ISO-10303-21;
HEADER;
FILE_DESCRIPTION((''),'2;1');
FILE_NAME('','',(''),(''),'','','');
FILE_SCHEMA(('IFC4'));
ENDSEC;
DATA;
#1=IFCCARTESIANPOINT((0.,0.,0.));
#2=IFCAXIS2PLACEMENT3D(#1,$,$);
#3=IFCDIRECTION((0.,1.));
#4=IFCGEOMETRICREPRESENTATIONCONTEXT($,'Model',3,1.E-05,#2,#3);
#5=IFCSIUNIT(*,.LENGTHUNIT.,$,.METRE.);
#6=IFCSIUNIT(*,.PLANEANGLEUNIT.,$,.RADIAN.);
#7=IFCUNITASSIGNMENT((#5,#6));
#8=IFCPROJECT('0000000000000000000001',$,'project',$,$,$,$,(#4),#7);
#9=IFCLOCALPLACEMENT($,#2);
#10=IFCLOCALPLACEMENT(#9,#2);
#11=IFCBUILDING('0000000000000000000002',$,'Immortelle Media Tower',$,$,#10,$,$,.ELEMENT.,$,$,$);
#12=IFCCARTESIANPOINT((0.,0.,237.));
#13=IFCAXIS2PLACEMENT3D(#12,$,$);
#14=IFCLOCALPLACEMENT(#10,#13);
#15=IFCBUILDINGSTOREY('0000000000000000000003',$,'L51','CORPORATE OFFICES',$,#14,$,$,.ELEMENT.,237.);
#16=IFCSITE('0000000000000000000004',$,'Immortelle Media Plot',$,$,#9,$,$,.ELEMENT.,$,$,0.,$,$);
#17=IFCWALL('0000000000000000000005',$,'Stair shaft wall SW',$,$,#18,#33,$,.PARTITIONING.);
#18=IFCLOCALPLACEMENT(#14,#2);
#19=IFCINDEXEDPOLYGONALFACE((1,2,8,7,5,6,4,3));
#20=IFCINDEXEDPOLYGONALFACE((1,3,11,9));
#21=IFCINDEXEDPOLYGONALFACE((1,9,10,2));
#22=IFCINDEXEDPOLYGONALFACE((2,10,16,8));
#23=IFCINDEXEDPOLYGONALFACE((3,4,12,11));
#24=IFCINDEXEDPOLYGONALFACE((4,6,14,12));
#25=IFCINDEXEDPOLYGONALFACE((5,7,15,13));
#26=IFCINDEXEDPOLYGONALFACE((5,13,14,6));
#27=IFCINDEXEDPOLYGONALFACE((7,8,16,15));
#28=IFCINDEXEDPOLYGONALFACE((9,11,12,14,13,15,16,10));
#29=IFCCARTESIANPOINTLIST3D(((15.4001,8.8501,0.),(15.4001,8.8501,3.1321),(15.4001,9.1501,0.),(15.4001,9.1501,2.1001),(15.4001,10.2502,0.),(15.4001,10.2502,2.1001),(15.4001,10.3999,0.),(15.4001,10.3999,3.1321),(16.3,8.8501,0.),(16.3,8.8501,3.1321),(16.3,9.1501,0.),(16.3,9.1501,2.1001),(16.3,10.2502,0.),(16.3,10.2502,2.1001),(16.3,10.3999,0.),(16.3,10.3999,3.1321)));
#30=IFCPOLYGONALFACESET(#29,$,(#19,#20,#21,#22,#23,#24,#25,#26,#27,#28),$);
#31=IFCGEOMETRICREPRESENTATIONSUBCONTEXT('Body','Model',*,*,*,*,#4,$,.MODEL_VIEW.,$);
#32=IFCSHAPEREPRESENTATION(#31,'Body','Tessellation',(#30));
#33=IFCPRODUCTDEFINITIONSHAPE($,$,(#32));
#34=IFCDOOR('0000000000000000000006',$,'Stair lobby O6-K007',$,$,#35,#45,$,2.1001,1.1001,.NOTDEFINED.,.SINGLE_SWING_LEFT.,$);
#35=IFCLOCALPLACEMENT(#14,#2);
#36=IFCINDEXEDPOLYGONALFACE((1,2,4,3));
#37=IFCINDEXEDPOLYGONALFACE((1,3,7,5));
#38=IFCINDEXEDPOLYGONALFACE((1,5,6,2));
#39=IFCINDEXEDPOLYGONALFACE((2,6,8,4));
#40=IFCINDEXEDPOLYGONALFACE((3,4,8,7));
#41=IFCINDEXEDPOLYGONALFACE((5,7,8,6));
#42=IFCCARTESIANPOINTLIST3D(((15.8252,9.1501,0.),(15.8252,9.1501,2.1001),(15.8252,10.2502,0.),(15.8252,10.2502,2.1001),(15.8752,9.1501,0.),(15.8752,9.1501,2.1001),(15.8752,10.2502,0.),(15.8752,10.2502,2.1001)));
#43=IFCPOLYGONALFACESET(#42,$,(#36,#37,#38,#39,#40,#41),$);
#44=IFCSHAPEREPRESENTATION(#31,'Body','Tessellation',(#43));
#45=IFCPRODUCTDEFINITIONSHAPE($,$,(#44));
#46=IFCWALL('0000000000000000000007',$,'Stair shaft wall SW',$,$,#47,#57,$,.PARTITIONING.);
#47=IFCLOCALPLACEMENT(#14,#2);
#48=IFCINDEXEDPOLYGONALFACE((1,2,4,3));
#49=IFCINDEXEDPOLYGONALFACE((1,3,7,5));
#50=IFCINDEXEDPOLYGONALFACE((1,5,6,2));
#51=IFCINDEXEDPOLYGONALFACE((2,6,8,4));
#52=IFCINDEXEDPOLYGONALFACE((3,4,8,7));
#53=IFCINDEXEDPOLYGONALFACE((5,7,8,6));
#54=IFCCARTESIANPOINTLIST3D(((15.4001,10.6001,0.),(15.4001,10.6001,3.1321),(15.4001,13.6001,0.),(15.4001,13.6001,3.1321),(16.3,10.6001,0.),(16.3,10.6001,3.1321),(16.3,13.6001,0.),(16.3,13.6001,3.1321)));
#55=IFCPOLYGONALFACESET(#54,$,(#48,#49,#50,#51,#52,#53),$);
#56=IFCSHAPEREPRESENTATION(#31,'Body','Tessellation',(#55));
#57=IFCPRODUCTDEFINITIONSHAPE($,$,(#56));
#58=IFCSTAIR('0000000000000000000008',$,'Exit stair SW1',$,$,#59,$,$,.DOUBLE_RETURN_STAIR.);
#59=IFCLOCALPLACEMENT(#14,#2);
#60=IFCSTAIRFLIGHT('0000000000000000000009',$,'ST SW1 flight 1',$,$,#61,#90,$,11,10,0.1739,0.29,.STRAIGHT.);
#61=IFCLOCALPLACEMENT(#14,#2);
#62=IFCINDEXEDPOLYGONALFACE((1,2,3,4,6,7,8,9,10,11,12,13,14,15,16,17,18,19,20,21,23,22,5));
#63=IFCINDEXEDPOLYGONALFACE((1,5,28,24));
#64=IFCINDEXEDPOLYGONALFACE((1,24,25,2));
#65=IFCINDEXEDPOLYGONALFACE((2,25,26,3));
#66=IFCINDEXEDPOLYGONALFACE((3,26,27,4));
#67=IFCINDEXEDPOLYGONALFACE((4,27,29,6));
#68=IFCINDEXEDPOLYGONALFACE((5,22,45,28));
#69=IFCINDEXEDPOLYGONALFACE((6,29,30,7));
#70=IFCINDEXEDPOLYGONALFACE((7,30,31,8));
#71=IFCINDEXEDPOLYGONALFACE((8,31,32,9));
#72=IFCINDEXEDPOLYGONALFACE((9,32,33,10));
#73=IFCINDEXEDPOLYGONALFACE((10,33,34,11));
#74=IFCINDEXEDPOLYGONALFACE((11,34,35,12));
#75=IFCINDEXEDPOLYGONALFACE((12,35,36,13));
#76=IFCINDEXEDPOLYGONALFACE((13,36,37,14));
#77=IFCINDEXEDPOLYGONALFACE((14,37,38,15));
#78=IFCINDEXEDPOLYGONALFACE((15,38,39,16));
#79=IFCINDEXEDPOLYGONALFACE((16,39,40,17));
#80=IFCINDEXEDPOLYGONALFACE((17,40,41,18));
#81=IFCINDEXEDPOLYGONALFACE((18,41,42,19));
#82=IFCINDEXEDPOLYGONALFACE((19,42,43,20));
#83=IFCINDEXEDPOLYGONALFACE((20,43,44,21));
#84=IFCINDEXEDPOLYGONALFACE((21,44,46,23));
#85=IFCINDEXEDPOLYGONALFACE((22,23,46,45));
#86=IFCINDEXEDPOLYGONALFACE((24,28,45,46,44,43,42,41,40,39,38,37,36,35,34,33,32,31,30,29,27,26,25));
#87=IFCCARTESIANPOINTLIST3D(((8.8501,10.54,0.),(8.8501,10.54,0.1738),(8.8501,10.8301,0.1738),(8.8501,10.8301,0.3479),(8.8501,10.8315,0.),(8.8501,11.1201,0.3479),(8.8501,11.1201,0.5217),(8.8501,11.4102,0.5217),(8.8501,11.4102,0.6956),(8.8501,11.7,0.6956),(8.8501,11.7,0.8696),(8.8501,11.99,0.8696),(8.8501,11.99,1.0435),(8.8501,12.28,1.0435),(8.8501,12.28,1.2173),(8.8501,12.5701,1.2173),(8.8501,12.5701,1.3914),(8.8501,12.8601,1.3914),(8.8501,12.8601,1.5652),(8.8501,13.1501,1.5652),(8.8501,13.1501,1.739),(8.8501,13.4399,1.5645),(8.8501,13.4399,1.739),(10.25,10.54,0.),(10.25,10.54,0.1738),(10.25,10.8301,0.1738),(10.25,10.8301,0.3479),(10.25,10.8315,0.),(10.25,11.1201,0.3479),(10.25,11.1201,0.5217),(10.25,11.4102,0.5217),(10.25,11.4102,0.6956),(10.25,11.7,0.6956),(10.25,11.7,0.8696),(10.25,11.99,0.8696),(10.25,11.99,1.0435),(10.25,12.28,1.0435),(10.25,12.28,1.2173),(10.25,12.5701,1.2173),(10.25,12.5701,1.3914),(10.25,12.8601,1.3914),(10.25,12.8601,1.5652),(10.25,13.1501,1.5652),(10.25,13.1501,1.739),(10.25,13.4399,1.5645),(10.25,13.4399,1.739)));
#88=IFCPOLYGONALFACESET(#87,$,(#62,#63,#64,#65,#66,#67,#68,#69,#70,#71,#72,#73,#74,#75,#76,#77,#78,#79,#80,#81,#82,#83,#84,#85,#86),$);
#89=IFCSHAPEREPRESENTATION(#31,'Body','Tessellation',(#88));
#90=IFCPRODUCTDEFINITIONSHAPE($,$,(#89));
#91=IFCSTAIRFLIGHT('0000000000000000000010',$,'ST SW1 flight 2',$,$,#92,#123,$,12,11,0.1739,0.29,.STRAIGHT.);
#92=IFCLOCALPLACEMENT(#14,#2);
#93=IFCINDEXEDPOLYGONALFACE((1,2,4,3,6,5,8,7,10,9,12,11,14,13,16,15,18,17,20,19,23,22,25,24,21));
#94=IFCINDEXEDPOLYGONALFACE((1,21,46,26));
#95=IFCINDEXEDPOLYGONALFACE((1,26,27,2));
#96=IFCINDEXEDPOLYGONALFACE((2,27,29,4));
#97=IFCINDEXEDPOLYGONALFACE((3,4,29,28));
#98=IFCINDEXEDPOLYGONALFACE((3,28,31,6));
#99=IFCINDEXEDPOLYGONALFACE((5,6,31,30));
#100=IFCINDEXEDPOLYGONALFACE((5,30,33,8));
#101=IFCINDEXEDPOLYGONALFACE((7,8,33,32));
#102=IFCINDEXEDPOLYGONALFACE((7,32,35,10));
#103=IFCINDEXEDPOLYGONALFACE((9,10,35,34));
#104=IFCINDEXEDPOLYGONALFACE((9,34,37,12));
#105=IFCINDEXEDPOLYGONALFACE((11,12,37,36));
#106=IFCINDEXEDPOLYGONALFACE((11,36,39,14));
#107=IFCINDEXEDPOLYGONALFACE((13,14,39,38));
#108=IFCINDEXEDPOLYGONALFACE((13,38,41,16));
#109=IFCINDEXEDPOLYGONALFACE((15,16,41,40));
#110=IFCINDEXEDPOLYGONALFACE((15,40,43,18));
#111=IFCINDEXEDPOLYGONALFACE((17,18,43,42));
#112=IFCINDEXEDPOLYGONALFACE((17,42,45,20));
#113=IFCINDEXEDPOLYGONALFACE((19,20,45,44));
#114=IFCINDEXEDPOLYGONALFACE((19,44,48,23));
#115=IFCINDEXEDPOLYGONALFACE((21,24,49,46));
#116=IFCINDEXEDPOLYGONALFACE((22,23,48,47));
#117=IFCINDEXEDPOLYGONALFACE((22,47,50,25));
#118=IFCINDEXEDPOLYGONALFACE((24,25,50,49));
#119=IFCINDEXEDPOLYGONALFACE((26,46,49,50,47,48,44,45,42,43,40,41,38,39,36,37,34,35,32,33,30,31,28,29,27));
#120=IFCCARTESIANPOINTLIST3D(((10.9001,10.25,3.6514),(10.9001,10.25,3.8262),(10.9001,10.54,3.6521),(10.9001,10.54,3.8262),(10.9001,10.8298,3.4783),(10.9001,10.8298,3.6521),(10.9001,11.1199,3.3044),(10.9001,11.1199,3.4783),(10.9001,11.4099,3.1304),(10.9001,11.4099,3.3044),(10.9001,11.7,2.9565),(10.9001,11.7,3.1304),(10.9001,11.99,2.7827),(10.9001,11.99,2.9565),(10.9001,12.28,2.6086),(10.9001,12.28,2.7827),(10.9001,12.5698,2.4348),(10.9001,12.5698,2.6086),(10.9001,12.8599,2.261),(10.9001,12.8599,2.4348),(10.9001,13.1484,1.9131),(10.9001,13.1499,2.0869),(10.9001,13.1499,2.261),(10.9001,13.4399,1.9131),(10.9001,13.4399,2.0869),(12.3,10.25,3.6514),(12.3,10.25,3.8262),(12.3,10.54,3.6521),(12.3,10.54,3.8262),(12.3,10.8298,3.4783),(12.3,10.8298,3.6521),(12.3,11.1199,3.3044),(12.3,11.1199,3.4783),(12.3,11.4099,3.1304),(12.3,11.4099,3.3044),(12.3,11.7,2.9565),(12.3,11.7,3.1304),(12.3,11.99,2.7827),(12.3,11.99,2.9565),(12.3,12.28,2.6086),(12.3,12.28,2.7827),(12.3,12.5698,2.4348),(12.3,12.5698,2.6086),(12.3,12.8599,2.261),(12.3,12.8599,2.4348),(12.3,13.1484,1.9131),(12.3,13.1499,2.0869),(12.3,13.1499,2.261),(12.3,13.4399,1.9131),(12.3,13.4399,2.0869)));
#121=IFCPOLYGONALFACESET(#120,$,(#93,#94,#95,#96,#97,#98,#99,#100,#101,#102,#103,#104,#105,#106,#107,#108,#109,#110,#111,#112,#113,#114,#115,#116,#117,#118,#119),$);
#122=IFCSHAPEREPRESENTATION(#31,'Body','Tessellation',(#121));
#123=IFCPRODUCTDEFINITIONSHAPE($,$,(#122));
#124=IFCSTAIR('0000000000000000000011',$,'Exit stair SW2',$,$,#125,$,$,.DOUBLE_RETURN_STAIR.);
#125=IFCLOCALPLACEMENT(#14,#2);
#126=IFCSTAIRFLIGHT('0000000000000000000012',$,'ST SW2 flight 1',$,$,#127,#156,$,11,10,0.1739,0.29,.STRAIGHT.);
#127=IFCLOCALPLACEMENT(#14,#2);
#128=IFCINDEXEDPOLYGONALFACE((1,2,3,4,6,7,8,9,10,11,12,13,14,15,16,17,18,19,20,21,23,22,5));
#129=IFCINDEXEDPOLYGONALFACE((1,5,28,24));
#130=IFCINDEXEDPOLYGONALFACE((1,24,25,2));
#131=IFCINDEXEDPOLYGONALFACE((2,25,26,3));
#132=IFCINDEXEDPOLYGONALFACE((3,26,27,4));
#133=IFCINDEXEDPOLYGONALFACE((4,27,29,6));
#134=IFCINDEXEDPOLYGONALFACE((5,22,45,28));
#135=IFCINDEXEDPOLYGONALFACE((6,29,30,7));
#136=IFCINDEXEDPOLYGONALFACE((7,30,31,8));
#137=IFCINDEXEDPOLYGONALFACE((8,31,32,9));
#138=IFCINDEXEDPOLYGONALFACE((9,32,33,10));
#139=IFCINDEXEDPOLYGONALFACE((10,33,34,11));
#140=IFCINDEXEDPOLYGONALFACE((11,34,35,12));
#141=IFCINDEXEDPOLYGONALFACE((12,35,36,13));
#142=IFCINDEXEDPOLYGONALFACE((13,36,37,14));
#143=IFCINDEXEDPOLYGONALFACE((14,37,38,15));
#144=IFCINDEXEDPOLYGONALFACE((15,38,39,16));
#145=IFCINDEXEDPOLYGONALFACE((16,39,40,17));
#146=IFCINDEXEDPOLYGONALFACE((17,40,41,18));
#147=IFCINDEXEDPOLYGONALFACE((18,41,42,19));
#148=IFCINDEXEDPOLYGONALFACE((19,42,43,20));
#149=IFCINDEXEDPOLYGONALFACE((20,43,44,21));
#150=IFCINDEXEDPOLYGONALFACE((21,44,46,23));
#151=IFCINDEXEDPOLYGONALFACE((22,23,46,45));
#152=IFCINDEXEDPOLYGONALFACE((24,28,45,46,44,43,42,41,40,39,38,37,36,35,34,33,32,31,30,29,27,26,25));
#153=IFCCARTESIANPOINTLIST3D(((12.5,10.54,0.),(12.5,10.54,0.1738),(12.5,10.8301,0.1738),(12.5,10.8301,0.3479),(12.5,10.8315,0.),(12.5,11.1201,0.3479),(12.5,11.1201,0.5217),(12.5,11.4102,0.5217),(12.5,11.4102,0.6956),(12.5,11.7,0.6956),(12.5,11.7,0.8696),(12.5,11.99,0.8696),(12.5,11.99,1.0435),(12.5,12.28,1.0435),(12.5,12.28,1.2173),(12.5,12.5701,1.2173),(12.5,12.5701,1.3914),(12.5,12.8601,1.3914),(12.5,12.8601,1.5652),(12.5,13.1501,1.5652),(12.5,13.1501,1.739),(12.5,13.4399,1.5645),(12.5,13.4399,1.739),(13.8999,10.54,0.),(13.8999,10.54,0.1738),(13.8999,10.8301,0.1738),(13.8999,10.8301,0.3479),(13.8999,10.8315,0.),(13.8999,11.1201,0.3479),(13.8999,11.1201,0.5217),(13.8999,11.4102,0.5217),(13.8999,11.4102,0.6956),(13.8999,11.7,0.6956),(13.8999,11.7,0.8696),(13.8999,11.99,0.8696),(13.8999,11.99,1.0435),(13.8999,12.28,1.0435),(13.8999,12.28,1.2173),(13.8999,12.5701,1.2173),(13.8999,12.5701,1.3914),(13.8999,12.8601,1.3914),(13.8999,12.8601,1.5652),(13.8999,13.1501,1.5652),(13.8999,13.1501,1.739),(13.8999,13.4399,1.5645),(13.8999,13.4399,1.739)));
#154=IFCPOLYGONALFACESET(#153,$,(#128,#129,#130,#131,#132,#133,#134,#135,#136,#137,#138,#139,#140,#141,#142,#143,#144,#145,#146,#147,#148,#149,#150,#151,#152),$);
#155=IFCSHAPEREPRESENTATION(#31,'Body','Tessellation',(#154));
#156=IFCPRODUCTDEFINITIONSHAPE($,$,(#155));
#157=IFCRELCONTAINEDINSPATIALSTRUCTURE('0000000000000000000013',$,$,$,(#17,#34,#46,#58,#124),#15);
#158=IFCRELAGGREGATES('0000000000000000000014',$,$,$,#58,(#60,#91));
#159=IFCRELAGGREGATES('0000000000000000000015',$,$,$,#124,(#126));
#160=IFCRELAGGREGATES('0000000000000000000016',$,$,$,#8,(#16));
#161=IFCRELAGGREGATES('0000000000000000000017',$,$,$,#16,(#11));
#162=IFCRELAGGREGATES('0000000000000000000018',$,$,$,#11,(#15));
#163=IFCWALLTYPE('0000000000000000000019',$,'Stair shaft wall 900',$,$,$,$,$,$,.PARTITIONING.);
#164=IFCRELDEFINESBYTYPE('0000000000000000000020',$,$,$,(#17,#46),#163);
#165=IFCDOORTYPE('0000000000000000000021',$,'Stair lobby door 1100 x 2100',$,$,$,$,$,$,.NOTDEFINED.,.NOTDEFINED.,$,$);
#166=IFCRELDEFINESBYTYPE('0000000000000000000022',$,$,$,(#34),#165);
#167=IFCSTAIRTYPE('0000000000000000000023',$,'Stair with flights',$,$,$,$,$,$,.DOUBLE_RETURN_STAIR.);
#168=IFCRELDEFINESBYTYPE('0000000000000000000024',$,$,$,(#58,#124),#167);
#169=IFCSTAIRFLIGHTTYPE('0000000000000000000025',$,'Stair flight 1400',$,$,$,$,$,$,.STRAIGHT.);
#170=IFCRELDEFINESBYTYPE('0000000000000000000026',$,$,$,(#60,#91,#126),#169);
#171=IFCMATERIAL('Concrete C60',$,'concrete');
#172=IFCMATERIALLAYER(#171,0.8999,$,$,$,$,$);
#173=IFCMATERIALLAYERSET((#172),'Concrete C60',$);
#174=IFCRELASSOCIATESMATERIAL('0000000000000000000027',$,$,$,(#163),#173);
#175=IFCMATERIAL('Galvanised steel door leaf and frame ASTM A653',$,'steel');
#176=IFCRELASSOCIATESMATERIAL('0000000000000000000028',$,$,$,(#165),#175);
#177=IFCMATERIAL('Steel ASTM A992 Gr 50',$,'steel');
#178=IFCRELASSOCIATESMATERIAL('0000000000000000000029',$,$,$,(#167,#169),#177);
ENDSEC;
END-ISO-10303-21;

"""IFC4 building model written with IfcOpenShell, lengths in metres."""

from ifc_helpers import new_model, si_unit, direction, frame, frame_2d, origin, place, context, subcontext, project, spatial, polyline, rectangle, outline, extrude, material, layer, layer_set, type_object, element, fill, aggregate, save


model = new_model("IFC4")

# Units and contexts
model_context = context("Model", 3, precision=1e-05, world=origin(), true_north=direction((0.0, 1.0)))
body_context = subcontext(model_context, "Body", "Model", "MODEL_VIEW")
ifc_project = project(units=[si_unit("LENGTHUNIT", "METRE"), si_unit("PLANEANGLEUNIT", "RADIAN")], contexts=[model_context])

# Site, building, storey
site_placement = place(None, origin())
site = spatial("IfcSite", under=ifc_project, at=site_placement, Name="Immortelle Media Plot", CompositionType="ELEMENT", RefElevation=0.0)
building_placement = place(site_placement, origin())
building = spatial("IfcBuilding", under=site, at=building_placement, Name="Immortelle Media Tower", CompositionType="ELEMENT")
storey_placement = place(building_placement, frame((0.0, 0.0, 237.0)))
storey = spatial("IfcBuildingStorey", under=building, at=storey_placement, Name="L51", Description="CORPORATE OFFICES", CompositionType="ELEMENT", Elevation=237.0)

# Shared definitions
ifc_material_1 = material(Name="Steel ASTM A992 Gr 50", Category="steel")

# Shared definitions
ifc_material_2 = material(Name="Concrete C60", Category="concrete")

# Shared definitions
ifc_material_3 = material(Name="Galvanised steel door leaf and frame ASTM A653", Category="steel")

# Wall, opening, door
ifc_layer_1 = layer(ifc_material_2, 0.8999)
ifc_layer_set_1 = layer_set([ifc_layer_1], Name="Concrete C60")
wall_type_1 = type_object("IfcWallType", Name="Stair shaft wall 900", PredefinedType="PARTITIONING", material=ifc_layer_set_1)
wall_1_placement = place(storey_placement, frame((15.8501, 8.8501, 0.0), z_axis=(0.0, 0.0, 1.0), x_axis=(0.0, 1.0, 0.0)))
wall_1 = element("IfcWall", 1, at=wall_1_placement, inside=storey, type_object=wall_type_1, Name="Stair shaft wall SW", PredefinedType="PARTITIONING", context=body_context, shape_type="SweptSolid", body=[
    extrude(rectangle(XDim=1.5498, YDim=0.8999, at=frame_2d((0.7749, 0.0))), origin(), (0.0, 0.0, 1.0), 3.1321),
])
opening_1_placement = place(wall_1_placement, frame((0.3, 0.0, 0.0)))
opening_1 = element("IfcOpeningElement", 2, at=opening_1_placement, cuts=wall_1, PredefinedType="OPENING", context=body_context, shape_type="SweptSolid", body=[
    extrude(rectangle(XDim=1.1001, YDim=2.1001, at=frame_2d((0.55, 1.05))), frame((0.0, 0.46, 0.0), z_axis=(0.0, -1.0, 0.0), x_axis=(1.0, 0.0, 0.0)), (0.0, 0.0, 1.0), 0.9199),
])
door_type_1 = type_object("IfcDoorType", Name="Stair lobby door 1100 x 2100", OperationType="NOTDEFINED", PredefinedType="NOTDEFINED", material=ifc_material_3)
door_1_placement = place(opening_1_placement, origin())
door_1 = element("IfcDoor", 3, at=door_1_placement, inside=storey, type_object=door_type_1, Name="Stair lobby O6-K007", OperationType="SINGLE_SWING_LEFT", OverallHeight=2.1001, OverallWidth=1.1001, PredefinedType="NOTDEFINED", context=body_context, shape_type="SweptSolid", body=[
    extrude(rectangle(XDim=1.1001, YDim=2.1001, at=frame_2d((0.55, 1.05))), frame((0.0, 0.0249, 0.0), z_axis=(0.0, -1.0, 0.0), x_axis=(1.0, 0.0, 0.0)), (0.0, 0.0, 1.0), 0.05),
])
fill(opening_1, door_1)

# Wall
wall_2_placement = place(storey_placement, frame((15.8501, 10.6001, 0.0), z_axis=(0.0, 0.0, 1.0), x_axis=(0.0, 1.0, 0.0)))
element("IfcWall", 4, at=wall_2_placement, inside=storey, type_object=wall_type_1, Name="Stair shaft wall SW", PredefinedType="PARTITIONING", context=body_context, shape_type="SweptSolid", body=[
    extrude(rectangle(XDim=3.0, YDim=0.8999, at=frame_2d((1.5, 0.0))), origin(), (0.0, 0.0, 1.0), 3.1321),
])

# Stairs, stair flights
stair_type = type_object("IfcStairType", Name="Stair with flights", PredefinedType="DOUBLE_RETURN_STAIR", material=ifc_material_1)
stair_1_placement = place(storey_placement, origin())
stair_1 = element("IfcStair", 5, at=stair_1_placement, inside=storey, type_object=stair_type, Name="Exit stair SW1", PredefinedType="DOUBLE_RETURN_STAIR")
stair_flight_type = type_object("IfcStairFlightType", Name="Stair flight 1400", PredefinedType="STRAIGHT", material=ifc_material_1)
stair_flight_1_placement = place(storey_placement, frame((9.55, 10.54, 0.0), z_axis=(0.0, 0.0, 1.0), x_axis=(0.0, 1.0, 0.0)))
stair_flight_1 = element("IfcStairFlight", 6, at=stair_flight_1_placement, type_object=stair_flight_type, Name="ST SW1 flight 1", NumberOfRisers=11, NumberOfTreads=10, PredefinedType="STRAIGHT", RiserHeight=0.1739, TreadLength=0.29, context=body_context, shape_type="SweptSolid", body=[
    extrude(outline(polyline([(0.0, 0.0), (0.0, 0.1738), (0.29, 0.1738), (0.29, 0.3479), (0.5801, 0.3479), (0.5801, 0.5217), (0.8701, 0.5217), (0.8701, 0.6956), (1.1599, 0.6956), (1.1599, 0.8696), (1.45, 0.8696), (1.45, 1.0435), (1.74, 1.0435), (1.74, 1.2173), (2.03, 1.2173), (2.03, 1.3914), (2.3201, 1.3914), (2.3201, 1.5652), (2.6101, 1.5652), (2.6101, 1.739), (2.8999, 1.739), (2.8999, 1.9131), (2.8999, 1.5645), (0.2915, 0.0), (0.0, 0.0)])), frame((0.0, 0.7, 0.0), z_axis=(0.0, -1.0, 0.0), x_axis=(1.0, 0.0, 0.0)), (0.0, 0.0, 1.0), 1.3999),
])
stair_flight_2_placement = place(storey_placement, frame((11.6001, 13.4399, 1.9131), z_axis=(0.0, 0.0, 1.0), x_axis=(0.0, -1.0, 0.0)))
stair_flight_2 = element("IfcStairFlight", 7, at=stair_flight_2_placement, type_object=stair_flight_type, Name="ST SW1 flight 2", NumberOfRisers=12, NumberOfTreads=11, PredefinedType="STRAIGHT", RiserHeight=0.1739, TreadLength=0.29, context=body_context, shape_type="SweptSolid", body=[
    extrude(outline(polyline([(0.0, 0.0), (0.0, 0.1738), (0.29, 0.1738), (0.29, 0.3479), (0.5801, 0.3479), (0.5801, 0.5217), (0.8701, 0.5217), (0.8701, 0.6956), (1.1599, 0.6956), (1.1599, 0.8696), (1.45, 0.8696), (1.45, 1.0435), (1.74, 1.0435), (1.74, 1.2173), (2.03, 1.2173), (2.03, 1.3914), (2.3201, 1.3914), (2.3201, 1.5652), (2.6101, 1.5652), (2.6101, 1.739), (2.8999, 1.739), (2.8999, 1.9131), (3.1899, 1.9131), (3.1899, 2.0869), (3.1899, 1.7383), (0.2915, 0.0), (0.0, 0.0)])), frame((0.0, 0.7, 0.0), z_axis=(0.0, -1.0, 0.0), x_axis=(1.0, 0.0, 0.0)), (0.0, 0.0, 1.0), 1.3999),
])
aggregate(stair_1, [stair_flight_1, stair_flight_2])
stair_2_placement = place(storey_placement, origin())
stair_2 = element("IfcStair", 8, at=stair_2_placement, inside=storey, type_object=stair_type, Name="Exit stair SW2", PredefinedType="DOUBLE_RETURN_STAIR")
stair_flight_3_placement = place(storey_placement, frame((13.2, 10.54, 0.0), z_axis=(0.0, 0.0, 1.0), x_axis=(0.0, 1.0, 0.0)))
stair_flight_3 = element("IfcStairFlight", 9, at=stair_flight_3_placement, type_object=stair_flight_type, Name="ST SW2 flight 1", NumberOfRisers=11, NumberOfTreads=10, PredefinedType="STRAIGHT", RiserHeight=0.1739, TreadLength=0.29, context=body_context, shape_type="SweptSolid", body=[
    extrude(outline(polyline([(0.0, 0.0), (0.0, 0.1738), (0.29, 0.1738), (0.29, 0.3479), (0.5801, 0.3479), (0.5801, 0.5217), (0.8701, 0.5217), (0.8701, 0.6956), (1.1599, 0.6956), (1.1599, 0.8696), (1.45, 0.8696), (1.45, 1.0435), (1.74, 1.0435), (1.74, 1.2173), (2.03, 1.2173), (2.03, 1.3914), (2.3201, 1.3914), (2.3201, 1.5652), (2.6101, 1.5652), (2.6101, 1.739), (2.8999, 1.739), (2.8999, 1.9131), (2.8999, 1.5645), (0.2915, 0.0), (0.0, 0.0)])), frame((0.0, 0.7, 0.0), z_axis=(0.0, -1.0, 0.0), x_axis=(1.0, 0.0, 0.0)), (0.0, 0.0, 1.0), 1.3999),
])
aggregate(stair_2, [stair_flight_3])

save(model, "model.ifc")
